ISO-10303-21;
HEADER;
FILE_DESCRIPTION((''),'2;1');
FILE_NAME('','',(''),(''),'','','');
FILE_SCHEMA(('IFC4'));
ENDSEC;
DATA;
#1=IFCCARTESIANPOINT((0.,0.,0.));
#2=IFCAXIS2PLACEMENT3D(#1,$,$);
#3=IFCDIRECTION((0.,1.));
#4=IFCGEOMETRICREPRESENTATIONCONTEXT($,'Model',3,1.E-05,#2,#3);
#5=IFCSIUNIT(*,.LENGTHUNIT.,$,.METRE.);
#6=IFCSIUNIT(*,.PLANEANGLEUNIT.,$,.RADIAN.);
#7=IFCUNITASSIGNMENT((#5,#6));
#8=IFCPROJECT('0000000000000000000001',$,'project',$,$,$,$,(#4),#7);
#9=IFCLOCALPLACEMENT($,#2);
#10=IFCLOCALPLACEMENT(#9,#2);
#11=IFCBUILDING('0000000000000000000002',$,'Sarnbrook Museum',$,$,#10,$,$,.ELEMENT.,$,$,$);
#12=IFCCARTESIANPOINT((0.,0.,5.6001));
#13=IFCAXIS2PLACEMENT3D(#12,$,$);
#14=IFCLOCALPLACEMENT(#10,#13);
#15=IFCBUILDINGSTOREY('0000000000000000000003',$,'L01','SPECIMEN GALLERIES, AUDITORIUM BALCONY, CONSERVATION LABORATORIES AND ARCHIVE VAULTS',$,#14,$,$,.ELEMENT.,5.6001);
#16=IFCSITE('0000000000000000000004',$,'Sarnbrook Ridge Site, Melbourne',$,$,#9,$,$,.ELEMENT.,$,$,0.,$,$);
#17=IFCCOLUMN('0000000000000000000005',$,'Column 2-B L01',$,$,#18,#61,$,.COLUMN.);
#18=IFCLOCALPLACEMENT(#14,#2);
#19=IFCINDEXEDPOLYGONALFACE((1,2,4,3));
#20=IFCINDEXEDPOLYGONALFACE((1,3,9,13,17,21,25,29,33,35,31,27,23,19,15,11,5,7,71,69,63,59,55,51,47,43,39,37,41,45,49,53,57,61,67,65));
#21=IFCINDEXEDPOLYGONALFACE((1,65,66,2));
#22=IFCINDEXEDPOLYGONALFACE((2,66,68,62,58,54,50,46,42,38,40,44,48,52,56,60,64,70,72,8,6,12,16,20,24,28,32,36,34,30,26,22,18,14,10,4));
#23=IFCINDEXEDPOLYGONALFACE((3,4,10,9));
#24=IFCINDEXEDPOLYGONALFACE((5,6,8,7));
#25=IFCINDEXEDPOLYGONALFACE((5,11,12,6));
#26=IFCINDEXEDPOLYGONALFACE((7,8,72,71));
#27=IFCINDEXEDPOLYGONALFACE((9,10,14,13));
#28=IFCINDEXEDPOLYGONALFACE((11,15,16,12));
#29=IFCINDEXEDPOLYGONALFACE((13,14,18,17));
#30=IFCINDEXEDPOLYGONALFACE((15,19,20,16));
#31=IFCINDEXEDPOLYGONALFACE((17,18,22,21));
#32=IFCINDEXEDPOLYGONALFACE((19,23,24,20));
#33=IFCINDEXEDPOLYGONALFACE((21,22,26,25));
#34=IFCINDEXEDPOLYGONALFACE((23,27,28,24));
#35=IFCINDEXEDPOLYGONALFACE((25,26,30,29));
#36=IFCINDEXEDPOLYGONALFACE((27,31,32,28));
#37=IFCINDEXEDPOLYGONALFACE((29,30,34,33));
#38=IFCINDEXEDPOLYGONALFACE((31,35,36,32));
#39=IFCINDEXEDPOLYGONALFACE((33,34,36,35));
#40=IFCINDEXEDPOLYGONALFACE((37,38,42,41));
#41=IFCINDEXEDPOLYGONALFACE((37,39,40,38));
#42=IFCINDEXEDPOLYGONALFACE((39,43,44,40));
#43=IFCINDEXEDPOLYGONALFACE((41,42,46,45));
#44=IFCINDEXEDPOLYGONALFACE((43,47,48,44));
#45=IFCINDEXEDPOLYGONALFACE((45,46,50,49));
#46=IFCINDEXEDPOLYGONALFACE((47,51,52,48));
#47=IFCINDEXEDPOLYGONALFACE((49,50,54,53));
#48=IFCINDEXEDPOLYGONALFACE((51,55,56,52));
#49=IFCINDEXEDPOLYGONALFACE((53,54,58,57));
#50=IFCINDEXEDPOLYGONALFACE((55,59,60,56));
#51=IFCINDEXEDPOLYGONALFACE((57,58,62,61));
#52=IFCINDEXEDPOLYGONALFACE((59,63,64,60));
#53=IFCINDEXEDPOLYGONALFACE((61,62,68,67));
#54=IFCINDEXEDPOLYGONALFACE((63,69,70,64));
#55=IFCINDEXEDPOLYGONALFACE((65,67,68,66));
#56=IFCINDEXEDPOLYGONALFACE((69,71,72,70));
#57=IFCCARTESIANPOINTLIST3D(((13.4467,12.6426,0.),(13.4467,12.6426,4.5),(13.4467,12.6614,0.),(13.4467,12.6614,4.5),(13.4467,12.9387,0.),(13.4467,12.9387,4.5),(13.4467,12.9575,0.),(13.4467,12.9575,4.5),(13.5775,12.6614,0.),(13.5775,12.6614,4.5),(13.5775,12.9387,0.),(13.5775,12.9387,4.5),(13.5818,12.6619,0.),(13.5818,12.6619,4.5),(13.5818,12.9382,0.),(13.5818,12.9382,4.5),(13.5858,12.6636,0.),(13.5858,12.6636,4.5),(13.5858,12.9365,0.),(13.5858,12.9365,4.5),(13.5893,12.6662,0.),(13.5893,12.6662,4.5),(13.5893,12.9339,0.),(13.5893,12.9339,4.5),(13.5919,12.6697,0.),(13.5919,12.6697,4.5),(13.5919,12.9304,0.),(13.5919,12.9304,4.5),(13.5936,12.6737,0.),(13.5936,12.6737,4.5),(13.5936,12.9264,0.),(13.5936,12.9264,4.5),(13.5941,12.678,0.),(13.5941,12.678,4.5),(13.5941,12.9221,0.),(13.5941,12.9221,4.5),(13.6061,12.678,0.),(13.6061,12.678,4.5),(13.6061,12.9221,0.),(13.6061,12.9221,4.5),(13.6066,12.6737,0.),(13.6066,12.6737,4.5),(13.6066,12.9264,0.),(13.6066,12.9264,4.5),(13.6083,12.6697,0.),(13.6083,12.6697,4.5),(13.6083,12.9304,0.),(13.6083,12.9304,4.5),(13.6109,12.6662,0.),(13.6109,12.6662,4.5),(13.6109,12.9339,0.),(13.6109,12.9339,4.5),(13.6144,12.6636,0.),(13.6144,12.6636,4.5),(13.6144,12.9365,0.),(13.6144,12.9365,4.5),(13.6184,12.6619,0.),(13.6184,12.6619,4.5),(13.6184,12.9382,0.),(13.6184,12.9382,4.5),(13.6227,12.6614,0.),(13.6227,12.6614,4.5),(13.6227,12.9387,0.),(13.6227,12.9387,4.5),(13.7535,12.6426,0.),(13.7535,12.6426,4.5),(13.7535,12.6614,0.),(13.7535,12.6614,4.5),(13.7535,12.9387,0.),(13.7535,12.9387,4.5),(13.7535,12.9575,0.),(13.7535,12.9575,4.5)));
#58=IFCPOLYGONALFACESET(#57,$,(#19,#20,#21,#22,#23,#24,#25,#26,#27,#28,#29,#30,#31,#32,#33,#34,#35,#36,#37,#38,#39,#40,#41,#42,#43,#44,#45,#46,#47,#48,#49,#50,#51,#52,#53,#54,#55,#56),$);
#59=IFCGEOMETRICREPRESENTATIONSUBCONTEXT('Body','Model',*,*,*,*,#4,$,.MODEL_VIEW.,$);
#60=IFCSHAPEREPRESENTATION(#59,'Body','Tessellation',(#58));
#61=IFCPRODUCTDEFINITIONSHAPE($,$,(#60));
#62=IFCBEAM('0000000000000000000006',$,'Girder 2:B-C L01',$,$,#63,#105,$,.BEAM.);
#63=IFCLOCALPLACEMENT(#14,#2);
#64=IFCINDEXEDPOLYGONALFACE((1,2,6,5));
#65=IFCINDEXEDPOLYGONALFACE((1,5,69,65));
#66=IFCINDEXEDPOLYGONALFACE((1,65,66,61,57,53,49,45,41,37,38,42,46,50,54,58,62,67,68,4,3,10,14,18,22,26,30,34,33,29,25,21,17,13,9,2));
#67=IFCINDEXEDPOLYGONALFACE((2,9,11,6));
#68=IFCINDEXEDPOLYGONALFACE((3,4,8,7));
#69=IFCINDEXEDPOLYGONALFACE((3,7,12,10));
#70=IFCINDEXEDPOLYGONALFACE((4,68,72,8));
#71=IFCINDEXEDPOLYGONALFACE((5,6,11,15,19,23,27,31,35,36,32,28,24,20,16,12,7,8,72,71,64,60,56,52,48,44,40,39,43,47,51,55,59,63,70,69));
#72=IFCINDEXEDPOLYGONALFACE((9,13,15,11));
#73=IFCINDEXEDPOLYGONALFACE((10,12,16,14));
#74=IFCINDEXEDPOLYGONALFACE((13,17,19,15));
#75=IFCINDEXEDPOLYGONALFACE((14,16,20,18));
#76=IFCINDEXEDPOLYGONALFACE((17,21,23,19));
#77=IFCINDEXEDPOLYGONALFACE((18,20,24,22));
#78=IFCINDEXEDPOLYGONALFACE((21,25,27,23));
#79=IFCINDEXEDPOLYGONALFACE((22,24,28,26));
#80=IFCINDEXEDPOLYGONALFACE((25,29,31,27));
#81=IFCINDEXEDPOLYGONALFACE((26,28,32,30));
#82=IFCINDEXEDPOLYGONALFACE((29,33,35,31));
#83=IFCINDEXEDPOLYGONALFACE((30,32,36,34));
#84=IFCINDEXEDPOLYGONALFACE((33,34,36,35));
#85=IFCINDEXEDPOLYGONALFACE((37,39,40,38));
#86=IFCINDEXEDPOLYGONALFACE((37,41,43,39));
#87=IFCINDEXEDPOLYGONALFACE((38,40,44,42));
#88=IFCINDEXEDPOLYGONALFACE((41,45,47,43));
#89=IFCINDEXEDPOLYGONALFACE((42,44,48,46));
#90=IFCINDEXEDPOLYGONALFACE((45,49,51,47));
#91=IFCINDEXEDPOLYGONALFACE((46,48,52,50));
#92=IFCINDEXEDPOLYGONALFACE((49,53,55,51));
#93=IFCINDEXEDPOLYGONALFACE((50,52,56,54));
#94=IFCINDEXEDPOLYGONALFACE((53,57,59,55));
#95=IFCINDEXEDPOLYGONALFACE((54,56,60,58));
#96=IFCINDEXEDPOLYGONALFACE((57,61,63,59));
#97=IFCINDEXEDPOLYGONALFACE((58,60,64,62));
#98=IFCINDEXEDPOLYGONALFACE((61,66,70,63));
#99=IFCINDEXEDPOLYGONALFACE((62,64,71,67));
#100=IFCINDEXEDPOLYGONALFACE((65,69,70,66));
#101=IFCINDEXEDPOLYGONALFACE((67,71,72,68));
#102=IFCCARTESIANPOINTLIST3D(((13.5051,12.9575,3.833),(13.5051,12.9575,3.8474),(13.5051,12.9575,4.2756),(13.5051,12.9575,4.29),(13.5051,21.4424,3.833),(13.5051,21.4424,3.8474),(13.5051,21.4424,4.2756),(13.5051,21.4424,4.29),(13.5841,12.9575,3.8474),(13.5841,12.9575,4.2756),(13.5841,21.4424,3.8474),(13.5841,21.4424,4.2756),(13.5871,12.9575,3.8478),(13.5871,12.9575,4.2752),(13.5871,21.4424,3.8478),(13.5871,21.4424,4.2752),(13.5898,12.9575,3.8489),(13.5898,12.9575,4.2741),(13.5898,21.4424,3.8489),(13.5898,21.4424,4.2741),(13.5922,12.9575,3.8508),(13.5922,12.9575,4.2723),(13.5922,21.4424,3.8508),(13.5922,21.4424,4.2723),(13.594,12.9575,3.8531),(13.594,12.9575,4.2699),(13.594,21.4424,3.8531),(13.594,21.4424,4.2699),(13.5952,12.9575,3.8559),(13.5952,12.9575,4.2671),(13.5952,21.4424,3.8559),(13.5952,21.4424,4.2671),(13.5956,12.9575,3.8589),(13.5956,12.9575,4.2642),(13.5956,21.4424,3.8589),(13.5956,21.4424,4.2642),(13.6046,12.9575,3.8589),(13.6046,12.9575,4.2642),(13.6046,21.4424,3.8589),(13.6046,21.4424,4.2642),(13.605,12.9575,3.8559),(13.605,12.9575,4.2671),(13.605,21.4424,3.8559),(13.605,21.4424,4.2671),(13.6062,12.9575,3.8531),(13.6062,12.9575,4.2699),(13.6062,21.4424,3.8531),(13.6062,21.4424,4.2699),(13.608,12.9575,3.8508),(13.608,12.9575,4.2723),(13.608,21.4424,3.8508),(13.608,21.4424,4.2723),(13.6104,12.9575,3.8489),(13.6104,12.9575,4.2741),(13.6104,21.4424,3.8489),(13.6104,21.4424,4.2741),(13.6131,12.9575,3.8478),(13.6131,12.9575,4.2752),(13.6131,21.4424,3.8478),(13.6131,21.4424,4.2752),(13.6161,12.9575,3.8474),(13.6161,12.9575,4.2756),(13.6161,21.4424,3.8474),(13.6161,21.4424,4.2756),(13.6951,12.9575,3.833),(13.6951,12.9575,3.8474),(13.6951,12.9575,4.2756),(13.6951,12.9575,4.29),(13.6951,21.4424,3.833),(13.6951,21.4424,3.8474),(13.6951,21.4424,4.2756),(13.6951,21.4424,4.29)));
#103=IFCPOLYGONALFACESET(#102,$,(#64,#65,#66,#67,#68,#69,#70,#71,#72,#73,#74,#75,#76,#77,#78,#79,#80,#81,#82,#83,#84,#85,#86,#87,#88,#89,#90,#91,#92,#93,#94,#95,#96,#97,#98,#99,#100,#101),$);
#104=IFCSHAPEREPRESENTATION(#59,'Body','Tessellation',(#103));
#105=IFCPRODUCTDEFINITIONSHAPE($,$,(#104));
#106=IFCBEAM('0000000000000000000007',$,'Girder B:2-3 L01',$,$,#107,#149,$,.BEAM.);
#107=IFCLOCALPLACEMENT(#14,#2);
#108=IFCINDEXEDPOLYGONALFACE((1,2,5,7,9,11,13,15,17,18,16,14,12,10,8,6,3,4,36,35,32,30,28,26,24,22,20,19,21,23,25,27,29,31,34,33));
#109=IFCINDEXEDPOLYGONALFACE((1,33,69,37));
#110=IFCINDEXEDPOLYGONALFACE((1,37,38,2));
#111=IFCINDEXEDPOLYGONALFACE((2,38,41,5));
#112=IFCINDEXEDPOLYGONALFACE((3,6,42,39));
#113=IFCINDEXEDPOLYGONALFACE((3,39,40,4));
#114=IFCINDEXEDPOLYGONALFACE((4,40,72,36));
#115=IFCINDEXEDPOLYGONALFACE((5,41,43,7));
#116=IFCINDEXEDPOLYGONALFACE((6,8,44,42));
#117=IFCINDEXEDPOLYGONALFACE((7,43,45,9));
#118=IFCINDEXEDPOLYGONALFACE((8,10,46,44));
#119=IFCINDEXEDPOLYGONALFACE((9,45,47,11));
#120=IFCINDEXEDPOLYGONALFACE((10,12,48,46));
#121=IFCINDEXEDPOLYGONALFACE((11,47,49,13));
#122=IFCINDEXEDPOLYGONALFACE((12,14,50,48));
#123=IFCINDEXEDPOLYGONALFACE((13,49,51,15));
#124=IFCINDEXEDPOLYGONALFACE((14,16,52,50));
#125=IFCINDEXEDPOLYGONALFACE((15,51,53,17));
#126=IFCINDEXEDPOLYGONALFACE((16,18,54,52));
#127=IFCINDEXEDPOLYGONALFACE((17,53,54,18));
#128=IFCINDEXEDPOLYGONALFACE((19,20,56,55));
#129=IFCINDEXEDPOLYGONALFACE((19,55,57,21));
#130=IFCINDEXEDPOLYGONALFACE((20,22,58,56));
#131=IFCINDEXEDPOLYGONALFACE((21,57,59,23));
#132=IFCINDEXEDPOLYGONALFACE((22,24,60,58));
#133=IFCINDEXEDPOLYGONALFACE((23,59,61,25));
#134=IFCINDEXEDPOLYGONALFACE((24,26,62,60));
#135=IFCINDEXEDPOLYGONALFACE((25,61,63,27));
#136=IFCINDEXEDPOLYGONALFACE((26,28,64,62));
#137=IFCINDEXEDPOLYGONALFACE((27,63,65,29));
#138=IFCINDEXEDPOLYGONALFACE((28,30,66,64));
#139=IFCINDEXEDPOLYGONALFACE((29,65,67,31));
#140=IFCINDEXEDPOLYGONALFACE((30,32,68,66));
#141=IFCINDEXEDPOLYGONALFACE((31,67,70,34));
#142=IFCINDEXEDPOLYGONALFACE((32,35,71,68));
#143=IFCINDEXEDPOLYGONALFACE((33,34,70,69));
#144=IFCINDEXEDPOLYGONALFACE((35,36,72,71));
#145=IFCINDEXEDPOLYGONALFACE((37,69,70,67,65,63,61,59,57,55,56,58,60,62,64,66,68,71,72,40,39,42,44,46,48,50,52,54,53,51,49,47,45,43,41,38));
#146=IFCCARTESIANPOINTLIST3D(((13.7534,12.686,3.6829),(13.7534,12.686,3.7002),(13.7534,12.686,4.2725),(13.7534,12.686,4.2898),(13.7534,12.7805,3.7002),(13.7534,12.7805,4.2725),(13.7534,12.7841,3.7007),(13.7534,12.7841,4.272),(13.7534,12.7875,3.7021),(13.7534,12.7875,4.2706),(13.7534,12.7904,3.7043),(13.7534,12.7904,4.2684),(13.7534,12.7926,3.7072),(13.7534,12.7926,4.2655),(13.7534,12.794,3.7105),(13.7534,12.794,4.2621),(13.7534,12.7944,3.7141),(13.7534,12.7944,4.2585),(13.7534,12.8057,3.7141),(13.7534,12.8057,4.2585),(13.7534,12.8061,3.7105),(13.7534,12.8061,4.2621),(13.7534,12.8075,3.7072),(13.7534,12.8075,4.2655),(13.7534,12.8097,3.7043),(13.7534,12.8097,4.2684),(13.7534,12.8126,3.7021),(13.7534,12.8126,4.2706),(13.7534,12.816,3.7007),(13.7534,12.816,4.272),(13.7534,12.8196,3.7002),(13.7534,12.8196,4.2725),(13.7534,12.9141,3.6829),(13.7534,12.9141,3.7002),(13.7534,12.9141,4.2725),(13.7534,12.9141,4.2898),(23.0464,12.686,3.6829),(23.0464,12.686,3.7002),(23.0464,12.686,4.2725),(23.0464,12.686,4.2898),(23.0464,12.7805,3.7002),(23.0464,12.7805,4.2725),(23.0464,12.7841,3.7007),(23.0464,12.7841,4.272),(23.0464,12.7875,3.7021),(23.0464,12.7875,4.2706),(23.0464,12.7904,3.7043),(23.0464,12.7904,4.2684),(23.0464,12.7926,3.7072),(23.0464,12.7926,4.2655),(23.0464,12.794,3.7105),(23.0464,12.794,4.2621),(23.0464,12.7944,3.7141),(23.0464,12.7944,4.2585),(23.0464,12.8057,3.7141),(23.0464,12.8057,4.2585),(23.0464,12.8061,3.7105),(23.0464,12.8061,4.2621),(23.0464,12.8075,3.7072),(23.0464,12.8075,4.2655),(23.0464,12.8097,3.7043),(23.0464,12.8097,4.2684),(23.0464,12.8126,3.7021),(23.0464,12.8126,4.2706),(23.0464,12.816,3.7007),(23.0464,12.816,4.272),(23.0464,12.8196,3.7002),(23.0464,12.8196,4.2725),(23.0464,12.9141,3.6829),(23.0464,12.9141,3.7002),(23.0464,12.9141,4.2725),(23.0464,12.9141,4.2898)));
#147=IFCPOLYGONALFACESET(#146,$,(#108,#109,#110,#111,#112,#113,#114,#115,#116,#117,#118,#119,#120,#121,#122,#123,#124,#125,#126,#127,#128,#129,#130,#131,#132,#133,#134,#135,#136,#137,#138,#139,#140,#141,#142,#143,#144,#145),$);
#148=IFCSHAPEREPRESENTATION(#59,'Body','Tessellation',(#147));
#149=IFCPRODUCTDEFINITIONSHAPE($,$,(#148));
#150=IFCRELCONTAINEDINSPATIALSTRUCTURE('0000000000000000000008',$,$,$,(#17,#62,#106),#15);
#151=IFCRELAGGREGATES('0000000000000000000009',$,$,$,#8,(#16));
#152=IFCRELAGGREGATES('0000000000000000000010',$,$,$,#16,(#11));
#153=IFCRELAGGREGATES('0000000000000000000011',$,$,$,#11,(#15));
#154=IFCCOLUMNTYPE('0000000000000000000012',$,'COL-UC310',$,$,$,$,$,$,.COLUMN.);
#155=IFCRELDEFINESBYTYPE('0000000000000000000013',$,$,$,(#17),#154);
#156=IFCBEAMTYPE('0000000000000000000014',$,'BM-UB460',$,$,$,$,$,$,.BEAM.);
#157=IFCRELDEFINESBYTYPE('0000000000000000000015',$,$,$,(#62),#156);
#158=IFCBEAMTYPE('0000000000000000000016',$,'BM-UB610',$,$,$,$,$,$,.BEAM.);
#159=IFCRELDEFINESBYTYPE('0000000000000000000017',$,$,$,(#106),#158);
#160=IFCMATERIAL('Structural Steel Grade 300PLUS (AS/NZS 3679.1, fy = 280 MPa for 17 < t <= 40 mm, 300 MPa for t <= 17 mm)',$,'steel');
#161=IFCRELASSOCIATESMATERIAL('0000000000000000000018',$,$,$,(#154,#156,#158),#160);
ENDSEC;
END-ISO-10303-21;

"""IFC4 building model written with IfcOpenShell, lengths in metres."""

from ifc_helpers import new_model, si_unit, direction, frame, origin, origin_2d, place, context, subcontext, project, spatial, i_section, extrude, material, material_profile, profile_set, type_object, element, save


model = new_model("IFC4")

# Units and contexts
model_context = context("Model", 3, precision=1e-05, world=origin(), true_north=direction((0.0, 1.0)))
body_context = subcontext(model_context, "Body", "Model", "MODEL_VIEW")
ifc_project = project(units=[si_unit("LENGTHUNIT", "METRE"), si_unit("PLANEANGLEUNIT", "RADIAN")], contexts=[model_context])

# Site, building, storey
site_placement = place(None, origin())
site = spatial("IfcSite", under=ifc_project, at=site_placement, Name="Sarnbrook Ridge Site, Melbourne", CompositionType="ELEMENT", RefElevation=0.0)
building_placement = place(site_placement, origin())
building = spatial("IfcBuilding", under=site, at=building_placement, Name="Sarnbrook Museum", CompositionType="ELEMENT")
storey_placement = place(building_placement, frame((0.0, 0.0, 5.6001)))
storey = spatial("IfcBuildingStorey", under=building, at=storey_placement, Name="L01", Description="SPECIMEN GALLERIES, AUDITORIUM BALCONY, CONSERVATION LABORATORIES AND ARCHIVE VAULTS", CompositionType="ELEMENT", Elevation=5.6001)

# Column
ifc_material_1 = material(Name="Structural Steel Grade 300PLUS (AS/NZS 3679.1, fy = 280 MPa for 17 < t <= 40 mm, 300 MPa for t <= 17 mm)", Category="steel")
ifc_material_profile_1 = material_profile(ifc_material_1, i_section(OverallWidth=0.3069, OverallDepth=0.3149, WebThickness=0.012, FlangeThickness=0.0188, FilletRadius=0.0166, at=origin_2d()), Name="310UC118")
ifc_profile_set_1 = profile_set([ifc_material_profile_1], Name="Structural Steel Grade 300PLUS (AS/NZS 3679.1, fy = 280 MPa for 17 < t <= 40 mm, 300 MPa for t <= 17 mm)")
column_type = type_object("IfcColumnType", Name="COL-UC310", PredefinedType="COLUMN", material=ifc_profile_set_1)
column_placement = place(storey_placement, frame((13.6001, 12.8, 0.0), z_axis=(0.0, 0.0, 1.0), x_axis=(1.0, 0.0, 0.0)))
element("IfcColumn", 1, at=column_placement, inside=storey, type_object=column_type, Name="Column 2-B L01", PredefinedType="COLUMN", context=body_context, shape_type="SweptSolid", body=[
    extrude(i_section(OverallWidth=0.3069, OverallDepth=0.3149, WebThickness=0.012, FlangeThickness=0.0188, FilletRadius=0.0166, at=origin_2d()), origin(), (0.0, 0.0, 1.0), 4.5),
])

# Beams
ifc_material_profile_2 = material_profile(ifc_material_1, i_section(OverallWidth=0.1899, OverallDepth=0.457, WebThickness=0.009, FlangeThickness=0.0144, FilletRadius=0.0115, at=origin_2d()), Name="460UB74.6")
ifc_profile_set_2 = profile_set([ifc_material_profile_2], Name="Structural Steel Grade 300PLUS (AS/NZS 3679.1, fy = 280 MPa for 17 < t <= 40 mm, 300 MPa for t <= 17 mm)")
beam_type_1 = type_object("IfcBeamType", Name="BM-UB460", PredefinedType="BEAM", material=ifc_profile_set_2)
beam_1_placement = place(storey_placement, frame((13.6001, 12.9575, 4.0615), z_axis=(0.0, 1.0, 0.0), x_axis=(-1.0, 0.0, 0.0)))
element("IfcBeam", 2, at=beam_1_placement, inside=storey, type_object=beam_type_1, Name="Girder 2:B-C L01", PredefinedType="BEAM", context=body_context, shape_type="SweptSolid", body=[
    extrude(i_section(OverallWidth=0.1899, OverallDepth=0.457, WebThickness=0.009, FlangeThickness=0.0144, FilletRadius=0.0115, at=origin_2d()), origin(), (0.0, 0.0, 1.0), 8.4849),
])
ifc_material_profile_3 = material_profile(ifc_material_1, i_section(OverallWidth=0.228, OverallDepth=0.6069, WebThickness=0.0112, FlangeThickness=0.0173, FilletRadius=0.0139, at=origin_2d()), Name="610UB113")
ifc_profile_set_3 = profile_set([ifc_material_profile_3], Name="Structural Steel Grade 300PLUS (AS/NZS 3679.1, fy = 280 MPa for 17 < t <= 40 mm, 300 MPa for t <= 17 mm)")
beam_type_2 = type_object("IfcBeamType", Name="BM-UB610", PredefinedType="BEAM", material=ifc_profile_set_3)
beam_2_placement = place(storey_placement, frame((13.7534, 12.8, 3.9863), z_axis=(1.0, 0.0, 0.0), x_axis=(0.0, 1.0, 0.0)))
element("IfcBeam", 3, at=beam_2_placement, inside=storey, type_object=beam_type_2, Name="Girder B:2-3 L01", PredefinedType="BEAM", context=body_context, shape_type="SweptSolid", body=[
    extrude(i_section(OverallWidth=0.228, OverallDepth=0.6069, WebThickness=0.0112, FlangeThickness=0.0173, FilletRadius=0.0139, at=origin_2d()), origin(), (0.0, 0.0, 1.0), 9.293),
])

save(model, "model.ifc")
